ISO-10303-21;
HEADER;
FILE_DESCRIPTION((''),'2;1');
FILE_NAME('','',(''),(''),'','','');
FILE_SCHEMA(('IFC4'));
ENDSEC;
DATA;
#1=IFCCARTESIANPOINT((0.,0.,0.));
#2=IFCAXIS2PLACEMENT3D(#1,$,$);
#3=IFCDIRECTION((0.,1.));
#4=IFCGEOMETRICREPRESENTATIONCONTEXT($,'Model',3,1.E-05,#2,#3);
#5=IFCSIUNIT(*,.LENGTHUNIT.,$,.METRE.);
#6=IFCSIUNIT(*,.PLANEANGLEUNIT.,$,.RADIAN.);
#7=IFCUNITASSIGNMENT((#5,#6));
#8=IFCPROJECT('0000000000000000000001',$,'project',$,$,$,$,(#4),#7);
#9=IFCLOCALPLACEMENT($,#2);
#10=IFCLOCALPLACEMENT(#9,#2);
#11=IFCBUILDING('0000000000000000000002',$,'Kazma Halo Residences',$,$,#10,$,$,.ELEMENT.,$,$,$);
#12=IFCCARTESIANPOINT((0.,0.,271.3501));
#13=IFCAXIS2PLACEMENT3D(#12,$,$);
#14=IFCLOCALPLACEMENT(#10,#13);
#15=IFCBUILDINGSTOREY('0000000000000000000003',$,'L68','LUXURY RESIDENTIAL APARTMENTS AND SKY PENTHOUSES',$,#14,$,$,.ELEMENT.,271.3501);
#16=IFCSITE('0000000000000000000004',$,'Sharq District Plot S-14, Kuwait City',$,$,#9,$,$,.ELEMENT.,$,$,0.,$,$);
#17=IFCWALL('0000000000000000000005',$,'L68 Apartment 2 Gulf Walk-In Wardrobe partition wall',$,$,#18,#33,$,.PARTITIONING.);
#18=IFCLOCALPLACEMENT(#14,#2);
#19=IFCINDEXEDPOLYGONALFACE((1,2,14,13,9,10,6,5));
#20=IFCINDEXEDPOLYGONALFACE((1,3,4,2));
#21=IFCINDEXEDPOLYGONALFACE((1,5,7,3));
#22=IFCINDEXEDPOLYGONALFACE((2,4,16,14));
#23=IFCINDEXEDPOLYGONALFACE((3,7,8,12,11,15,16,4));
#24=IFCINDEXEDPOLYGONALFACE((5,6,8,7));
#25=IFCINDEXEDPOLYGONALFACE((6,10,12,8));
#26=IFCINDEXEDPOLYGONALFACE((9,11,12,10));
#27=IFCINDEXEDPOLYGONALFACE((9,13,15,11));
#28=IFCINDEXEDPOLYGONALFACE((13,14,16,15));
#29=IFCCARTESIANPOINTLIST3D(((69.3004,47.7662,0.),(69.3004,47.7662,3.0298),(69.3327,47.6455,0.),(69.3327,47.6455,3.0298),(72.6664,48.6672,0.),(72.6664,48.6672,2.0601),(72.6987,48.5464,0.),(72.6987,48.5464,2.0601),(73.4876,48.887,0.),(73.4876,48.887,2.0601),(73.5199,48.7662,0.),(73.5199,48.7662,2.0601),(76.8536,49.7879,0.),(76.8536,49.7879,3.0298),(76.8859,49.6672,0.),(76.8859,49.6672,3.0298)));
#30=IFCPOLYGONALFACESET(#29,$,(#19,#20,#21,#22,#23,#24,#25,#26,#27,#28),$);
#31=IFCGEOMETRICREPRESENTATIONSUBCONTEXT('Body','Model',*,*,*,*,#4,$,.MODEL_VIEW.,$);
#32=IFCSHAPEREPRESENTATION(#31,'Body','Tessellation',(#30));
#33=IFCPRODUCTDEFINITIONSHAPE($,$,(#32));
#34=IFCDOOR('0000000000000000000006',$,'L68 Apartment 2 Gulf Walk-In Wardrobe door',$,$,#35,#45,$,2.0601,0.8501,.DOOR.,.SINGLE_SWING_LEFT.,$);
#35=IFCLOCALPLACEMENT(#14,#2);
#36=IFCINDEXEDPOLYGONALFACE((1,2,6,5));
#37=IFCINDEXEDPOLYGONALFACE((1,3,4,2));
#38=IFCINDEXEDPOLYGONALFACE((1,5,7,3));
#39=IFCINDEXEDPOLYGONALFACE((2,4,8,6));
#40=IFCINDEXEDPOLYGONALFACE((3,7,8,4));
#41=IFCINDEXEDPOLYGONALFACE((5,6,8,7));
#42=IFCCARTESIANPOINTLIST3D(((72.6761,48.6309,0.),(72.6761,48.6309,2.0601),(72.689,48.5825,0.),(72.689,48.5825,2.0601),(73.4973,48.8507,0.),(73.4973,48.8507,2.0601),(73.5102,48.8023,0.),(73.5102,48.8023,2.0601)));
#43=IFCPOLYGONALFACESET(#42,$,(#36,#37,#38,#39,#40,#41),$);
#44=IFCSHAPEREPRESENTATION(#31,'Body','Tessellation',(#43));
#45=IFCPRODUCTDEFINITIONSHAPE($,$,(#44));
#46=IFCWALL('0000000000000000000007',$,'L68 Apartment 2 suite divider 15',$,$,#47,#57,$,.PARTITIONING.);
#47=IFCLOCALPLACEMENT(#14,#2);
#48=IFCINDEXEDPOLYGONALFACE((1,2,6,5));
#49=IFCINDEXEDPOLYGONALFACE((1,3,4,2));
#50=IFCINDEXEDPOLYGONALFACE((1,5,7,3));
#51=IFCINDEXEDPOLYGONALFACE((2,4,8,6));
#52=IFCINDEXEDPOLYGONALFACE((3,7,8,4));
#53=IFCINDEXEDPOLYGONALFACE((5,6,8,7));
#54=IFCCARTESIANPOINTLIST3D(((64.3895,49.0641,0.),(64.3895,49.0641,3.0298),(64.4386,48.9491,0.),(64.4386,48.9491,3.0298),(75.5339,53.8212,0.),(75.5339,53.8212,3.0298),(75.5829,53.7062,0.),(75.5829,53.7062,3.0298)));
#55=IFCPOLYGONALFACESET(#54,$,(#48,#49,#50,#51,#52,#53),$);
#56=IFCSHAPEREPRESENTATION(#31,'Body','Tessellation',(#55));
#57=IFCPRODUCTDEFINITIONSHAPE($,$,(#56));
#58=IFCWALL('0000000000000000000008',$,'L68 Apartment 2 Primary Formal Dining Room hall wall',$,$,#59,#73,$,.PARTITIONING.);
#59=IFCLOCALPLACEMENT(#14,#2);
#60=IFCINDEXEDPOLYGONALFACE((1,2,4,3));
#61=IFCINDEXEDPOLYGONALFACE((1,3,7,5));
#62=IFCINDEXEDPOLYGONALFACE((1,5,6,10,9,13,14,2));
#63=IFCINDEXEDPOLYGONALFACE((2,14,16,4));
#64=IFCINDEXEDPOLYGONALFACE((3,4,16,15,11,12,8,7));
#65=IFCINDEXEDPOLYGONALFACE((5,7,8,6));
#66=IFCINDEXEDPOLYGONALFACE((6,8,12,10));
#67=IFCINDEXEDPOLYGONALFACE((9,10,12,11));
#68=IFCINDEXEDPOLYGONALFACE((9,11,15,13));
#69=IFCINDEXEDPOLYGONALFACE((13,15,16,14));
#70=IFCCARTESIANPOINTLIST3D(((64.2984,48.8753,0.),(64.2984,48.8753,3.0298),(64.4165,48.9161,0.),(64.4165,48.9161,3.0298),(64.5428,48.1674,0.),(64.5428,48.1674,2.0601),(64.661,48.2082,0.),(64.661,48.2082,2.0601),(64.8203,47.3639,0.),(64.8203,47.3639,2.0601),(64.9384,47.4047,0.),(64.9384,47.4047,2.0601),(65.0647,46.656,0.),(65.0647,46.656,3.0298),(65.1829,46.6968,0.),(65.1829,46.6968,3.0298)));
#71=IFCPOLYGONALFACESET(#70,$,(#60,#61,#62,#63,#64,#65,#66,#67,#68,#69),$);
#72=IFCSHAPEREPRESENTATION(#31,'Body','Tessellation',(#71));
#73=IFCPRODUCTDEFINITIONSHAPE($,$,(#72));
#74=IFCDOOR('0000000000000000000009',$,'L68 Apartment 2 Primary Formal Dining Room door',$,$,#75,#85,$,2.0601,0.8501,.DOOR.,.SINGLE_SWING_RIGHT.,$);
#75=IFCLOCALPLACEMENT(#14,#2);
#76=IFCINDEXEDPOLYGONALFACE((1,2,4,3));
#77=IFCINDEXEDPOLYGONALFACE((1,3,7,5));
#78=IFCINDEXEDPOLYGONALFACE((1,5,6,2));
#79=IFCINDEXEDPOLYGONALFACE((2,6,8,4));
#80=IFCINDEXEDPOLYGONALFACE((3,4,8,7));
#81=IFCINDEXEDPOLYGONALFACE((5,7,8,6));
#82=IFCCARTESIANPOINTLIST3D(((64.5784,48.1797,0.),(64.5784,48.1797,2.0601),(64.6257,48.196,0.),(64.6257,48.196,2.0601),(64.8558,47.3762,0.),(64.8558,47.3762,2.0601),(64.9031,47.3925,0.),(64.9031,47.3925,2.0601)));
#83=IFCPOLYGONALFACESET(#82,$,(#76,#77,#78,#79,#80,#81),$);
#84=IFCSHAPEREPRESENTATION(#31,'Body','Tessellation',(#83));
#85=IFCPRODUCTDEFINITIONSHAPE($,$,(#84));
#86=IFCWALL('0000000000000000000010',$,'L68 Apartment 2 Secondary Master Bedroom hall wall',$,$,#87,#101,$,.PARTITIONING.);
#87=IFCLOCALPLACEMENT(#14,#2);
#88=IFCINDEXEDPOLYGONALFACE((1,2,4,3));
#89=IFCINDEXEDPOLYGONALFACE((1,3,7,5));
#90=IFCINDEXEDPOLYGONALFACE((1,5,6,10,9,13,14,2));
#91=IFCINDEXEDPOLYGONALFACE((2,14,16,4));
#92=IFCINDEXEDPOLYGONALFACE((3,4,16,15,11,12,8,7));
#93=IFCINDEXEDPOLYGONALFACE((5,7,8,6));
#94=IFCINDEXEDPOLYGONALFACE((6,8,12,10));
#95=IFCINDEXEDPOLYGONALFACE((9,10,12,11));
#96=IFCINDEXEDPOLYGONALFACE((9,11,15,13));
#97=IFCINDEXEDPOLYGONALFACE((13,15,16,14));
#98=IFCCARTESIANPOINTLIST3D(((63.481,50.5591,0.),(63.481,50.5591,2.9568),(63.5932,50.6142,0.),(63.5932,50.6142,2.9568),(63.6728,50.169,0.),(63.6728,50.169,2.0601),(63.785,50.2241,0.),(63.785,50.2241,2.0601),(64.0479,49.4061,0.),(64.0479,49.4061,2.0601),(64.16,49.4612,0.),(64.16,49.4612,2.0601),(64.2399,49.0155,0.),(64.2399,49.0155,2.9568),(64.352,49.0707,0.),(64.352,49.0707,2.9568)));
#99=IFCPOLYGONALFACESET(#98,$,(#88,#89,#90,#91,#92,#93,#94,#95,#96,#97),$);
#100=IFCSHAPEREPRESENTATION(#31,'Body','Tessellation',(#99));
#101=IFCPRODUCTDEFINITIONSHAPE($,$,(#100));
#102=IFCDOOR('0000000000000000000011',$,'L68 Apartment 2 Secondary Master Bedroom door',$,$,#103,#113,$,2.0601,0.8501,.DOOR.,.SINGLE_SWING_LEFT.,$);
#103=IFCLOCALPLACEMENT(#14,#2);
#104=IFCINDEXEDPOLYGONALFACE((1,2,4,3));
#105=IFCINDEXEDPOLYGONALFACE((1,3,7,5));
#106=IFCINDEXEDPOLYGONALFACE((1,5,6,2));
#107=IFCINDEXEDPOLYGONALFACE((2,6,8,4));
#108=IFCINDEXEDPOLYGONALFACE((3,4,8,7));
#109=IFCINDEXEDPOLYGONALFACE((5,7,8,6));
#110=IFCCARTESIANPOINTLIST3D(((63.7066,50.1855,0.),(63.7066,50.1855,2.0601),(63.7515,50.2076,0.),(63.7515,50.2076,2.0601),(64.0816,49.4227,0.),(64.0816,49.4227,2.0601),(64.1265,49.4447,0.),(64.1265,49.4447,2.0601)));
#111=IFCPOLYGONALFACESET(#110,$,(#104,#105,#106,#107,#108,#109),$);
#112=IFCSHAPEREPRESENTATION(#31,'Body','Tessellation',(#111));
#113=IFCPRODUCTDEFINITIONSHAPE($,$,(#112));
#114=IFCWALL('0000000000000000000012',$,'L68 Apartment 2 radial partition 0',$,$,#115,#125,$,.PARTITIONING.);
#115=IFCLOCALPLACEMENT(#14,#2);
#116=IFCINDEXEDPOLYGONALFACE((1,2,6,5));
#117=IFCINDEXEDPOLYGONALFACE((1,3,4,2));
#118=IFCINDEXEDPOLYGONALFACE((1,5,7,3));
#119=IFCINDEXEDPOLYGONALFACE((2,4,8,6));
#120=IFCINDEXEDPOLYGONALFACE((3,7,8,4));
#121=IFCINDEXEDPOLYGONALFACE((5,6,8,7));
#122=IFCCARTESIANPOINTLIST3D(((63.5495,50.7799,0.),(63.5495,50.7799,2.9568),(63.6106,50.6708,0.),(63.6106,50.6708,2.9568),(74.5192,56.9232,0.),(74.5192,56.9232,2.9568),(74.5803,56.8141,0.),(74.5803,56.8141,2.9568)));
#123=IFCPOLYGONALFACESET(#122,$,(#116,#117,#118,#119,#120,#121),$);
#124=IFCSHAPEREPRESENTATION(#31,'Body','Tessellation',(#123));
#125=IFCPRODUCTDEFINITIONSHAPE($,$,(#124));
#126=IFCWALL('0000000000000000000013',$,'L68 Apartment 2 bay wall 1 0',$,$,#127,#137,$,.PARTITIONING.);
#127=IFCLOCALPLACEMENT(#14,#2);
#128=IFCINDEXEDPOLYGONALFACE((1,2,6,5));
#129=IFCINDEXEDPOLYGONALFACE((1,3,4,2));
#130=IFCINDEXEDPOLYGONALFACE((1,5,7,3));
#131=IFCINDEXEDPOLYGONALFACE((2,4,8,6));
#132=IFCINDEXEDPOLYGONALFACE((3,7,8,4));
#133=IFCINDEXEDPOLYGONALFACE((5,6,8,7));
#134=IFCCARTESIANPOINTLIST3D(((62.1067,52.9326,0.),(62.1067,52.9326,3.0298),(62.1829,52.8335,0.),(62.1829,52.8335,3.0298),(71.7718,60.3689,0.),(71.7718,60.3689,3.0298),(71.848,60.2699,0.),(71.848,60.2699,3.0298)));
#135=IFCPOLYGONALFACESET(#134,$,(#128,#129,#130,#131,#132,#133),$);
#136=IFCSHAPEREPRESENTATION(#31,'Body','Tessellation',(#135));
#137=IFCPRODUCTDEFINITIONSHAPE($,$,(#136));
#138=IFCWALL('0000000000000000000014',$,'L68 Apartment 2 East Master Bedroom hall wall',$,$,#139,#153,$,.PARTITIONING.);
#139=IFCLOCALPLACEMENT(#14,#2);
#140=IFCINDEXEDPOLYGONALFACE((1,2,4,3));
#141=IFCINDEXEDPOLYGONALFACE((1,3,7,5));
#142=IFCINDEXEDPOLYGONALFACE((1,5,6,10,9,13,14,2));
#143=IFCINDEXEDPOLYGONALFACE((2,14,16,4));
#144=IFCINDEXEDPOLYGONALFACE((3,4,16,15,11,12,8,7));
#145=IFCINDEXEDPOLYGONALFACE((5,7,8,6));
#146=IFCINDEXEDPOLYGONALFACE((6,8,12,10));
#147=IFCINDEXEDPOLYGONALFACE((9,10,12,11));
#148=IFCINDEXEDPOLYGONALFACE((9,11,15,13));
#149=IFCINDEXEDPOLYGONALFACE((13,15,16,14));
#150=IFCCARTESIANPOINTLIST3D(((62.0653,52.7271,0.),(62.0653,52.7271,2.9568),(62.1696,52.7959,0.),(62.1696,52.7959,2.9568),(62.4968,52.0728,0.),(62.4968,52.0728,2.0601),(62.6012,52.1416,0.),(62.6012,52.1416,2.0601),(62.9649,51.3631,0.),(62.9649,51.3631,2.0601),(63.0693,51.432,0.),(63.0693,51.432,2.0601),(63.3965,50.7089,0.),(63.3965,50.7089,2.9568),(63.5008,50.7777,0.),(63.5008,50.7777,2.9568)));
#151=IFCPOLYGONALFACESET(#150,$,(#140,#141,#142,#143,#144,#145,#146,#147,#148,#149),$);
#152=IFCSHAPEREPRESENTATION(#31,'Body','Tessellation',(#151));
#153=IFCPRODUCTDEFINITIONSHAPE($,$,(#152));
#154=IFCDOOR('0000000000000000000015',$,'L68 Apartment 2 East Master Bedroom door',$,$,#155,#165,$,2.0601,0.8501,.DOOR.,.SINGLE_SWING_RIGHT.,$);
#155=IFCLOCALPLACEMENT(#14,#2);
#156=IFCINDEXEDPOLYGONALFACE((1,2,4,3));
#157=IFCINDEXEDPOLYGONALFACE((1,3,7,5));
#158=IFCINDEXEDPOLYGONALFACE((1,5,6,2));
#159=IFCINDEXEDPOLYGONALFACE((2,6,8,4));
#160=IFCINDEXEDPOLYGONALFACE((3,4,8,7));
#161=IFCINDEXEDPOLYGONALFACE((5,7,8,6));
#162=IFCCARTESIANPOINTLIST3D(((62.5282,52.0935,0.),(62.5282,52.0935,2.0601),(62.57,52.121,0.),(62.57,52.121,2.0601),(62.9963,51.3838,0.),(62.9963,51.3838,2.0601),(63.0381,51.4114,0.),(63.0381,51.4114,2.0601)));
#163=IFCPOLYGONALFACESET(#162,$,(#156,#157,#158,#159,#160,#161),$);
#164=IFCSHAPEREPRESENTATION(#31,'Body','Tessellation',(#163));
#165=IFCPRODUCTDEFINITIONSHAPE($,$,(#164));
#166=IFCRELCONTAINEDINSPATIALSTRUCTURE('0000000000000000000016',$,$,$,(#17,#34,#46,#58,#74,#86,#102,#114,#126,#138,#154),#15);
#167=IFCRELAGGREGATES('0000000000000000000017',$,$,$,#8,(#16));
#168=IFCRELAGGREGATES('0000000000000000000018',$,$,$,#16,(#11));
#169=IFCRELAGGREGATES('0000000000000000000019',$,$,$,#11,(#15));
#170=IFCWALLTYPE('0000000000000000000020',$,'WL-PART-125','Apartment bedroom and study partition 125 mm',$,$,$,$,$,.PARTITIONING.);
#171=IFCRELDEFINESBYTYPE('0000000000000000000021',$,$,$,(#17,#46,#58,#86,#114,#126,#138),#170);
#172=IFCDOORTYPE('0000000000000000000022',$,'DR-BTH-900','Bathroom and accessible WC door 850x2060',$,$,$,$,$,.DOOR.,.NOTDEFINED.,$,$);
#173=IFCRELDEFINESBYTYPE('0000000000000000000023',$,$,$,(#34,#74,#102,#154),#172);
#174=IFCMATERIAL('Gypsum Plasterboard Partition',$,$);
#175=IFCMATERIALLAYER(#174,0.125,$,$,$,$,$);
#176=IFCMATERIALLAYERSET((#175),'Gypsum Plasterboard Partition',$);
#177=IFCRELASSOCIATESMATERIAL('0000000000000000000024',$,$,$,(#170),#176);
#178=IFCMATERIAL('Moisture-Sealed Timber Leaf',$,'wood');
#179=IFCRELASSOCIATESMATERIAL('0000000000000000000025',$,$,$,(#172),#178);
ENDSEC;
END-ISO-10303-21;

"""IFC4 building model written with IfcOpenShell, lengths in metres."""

from ifc_helpers import new_model, si_unit, direction, frame, frame_2d, origin, place, context, subcontext, project, spatial, rectangle, extrude, material, layer, layer_set, type_object, element, fill, save


model = new_model("IFC4")

# Units and contexts
model_context = context("Model", 3, precision=1e-05, world=origin(), true_north=direction((0.0, 1.0)))
body_context = subcontext(model_context, "Body", "Model", "MODEL_VIEW")
ifc_project = project(units=[si_unit("LENGTHUNIT", "METRE"), si_unit("PLANEANGLEUNIT", "RADIAN")], contexts=[model_context])

# Site, building, storey
site_placement = place(None, origin())
site = spatial("IfcSite", under=ifc_project, at=site_placement, Name="Sharq District Plot S-14, Kuwait City", CompositionType="ELEMENT", RefElevation=0.0)
building_placement = place(site_placement, origin())
building = spatial("IfcBuilding", under=site, at=building_placement, Name="Kazma Halo Residences", CompositionType="ELEMENT")
storey_placement = place(building_placement, frame((0.0, 0.0, 271.3501)))
storey = spatial("IfcBuildingStorey", under=building, at=storey_placement, Name="L68", Description="LUXURY RESIDENTIAL APARTMENTS AND SKY PENTHOUSES", CompositionType="ELEMENT", Elevation=271.3501)

# Shared definitions
ifc_material_1 = material(Name="Gypsum Plasterboard Partition")
ifc_layer_1 = layer(ifc_material_1, 0.125)
ifc_layer_set_1 = layer_set([ifc_layer_1], Name="Gypsum Plasterboard Partition")
wall_type_1 = type_object("IfcWallType", Name="WL-PART-125", Description="Apartment bedroom and study partition 125 mm", PredefinedType="PARTITIONING", material=ifc_layer_set_1)

# Wall, opening, door
wall_1_placement = place(storey_placement, frame((69.3164, 47.7058, 0.0), z_axis=(0.0, 0.0, 1.0), x_axis=(0.965995, 0.258562, 0.0)))
wall_1 = element("IfcWall", 1, at=wall_1_placement, inside=storey, type_object=wall_type_1, Name="L68 Apartment 2 Gulf Walk-In Wardrobe partition wall", PredefinedType="PARTITIONING", context=body_context, shape_type="SweptSolid", body=[
    extrude(rectangle(XDim=7.8191, YDim=0.125, at=frame_2d((3.9097, 0.0))), origin(), (0.0, 0.0, 1.0), 3.0298),
])
opening_1_placement = place(wall_1_placement, frame((3.4846, 0.0, 0.0)))
opening_1 = element("IfcOpeningElement", 2, at=opening_1_placement, cuts=wall_1, PredefinedType="OPENING", context=body_context, shape_type="SweptSolid", body=[
    extrude(rectangle(XDim=0.8501, YDim=2.0601, at=frame_2d((0.425, 1.03))), frame((0.0, 0.0725, 0.0), z_axis=(0.0, -1.0, 0.0), x_axis=(1.0, 0.0, 0.0)), (0.0, 0.0, 1.0), 0.145),
])
ifc_material_2 = material(Name="Moisture-Sealed Timber Leaf", Category="wood")
door_type = type_object("IfcDoorType", Name="DR-BTH-900", Description="Bathroom and accessible WC door 850x2060", OperationType="NOTDEFINED", PredefinedType="DOOR", material=ifc_material_2)
door_1_placement = place(opening_1_placement, origin())
door_1 = element("IfcDoor", 3, at=door_1_placement, inside=storey, type_object=door_type, Name="L68 Apartment 2 Gulf Walk-In Wardrobe door", OperationType="SINGLE_SWING_LEFT", OverallHeight=2.0601, OverallWidth=0.8501, PredefinedType="DOOR", context=body_context, shape_type="SweptSolid", body=[
    extrude(rectangle(XDim=0.8501, YDim=2.0601, at=frame_2d((0.425, 1.03))), frame((0.0, 0.0249, 0.0), z_axis=(0.0, -1.0, 0.0), x_axis=(1.0, 0.0, 0.0)), (0.0, 0.0, 1.0), 0.05),
])
fill(opening_1, door_1)

# Wall
wall_2_placement = place(storey_placement, frame((64.4141, 49.0066, 0.0), z_axis=(0.0, 0.0, 1.0), x_axis=(0.919713, 0.392591, 0.0)))
element("IfcWall", 4, at=wall_2_placement, inside=storey, type_object=wall_type_1, Name="L68 Apartment 2 suite divider 15", PredefinedType="PARTITIONING", context=body_context, shape_type="SweptSolid", body=[
    extrude(rectangle(XDim=12.1172, YDim=0.125, at=frame_2d((6.0586, 0.0))), origin(), (0.0, 0.0, 1.0), 3.0298),
])

# Walls, openings, doors
wall_3_placement = place(storey_placement, frame((65.1238, 46.6765, 0.0), z_axis=(0.0, 0.0, 1.0), x_axis=(-0.32641, 0.945228, 0.0)))
wall_3 = element("IfcWall", 5, at=wall_3_placement, inside=storey, type_object=wall_type_1, Name="L68 Apartment 2 Primary Formal Dining Room hall wall", PredefinedType="PARTITIONING", context=body_context, shape_type="SweptSolid", body=[
    extrude(rectangle(XDim=2.3479, YDim=0.125, at=frame_2d((1.1738, 0.0))), origin(), (0.0, 0.0, 1.0), 3.0298),
])
opening_2_placement = place(wall_3_placement, frame((0.7488, 0.0, 0.0)))
opening_2 = element("IfcOpeningElement", 6, at=opening_2_placement, cuts=wall_3, PredefinedType="OPENING", context=body_context, shape_type="SweptSolid", body=[
    extrude(rectangle(XDim=0.8501, YDim=2.0601, at=frame_2d((0.425, 1.03))), frame((0.0, 0.0725, 0.0), z_axis=(0.0, -1.0, 0.0), x_axis=(1.0, 0.0, 0.0)), (0.0, 0.0, 1.0), 0.145),
])
door_2_placement = place(opening_2_placement, origin())
door_2 = element("IfcDoor", 7, at=door_2_placement, inside=storey, type_object=door_type, Name="L68 Apartment 2 Primary Formal Dining Room door", OperationType="SINGLE_SWING_RIGHT", OverallHeight=2.0601, OverallWidth=0.8501, PredefinedType="DOOR", context=body_context, shape_type="SweptSolid", body=[
    extrude(rectangle(XDim=0.8501, YDim=2.0601, at=frame_2d((0.425, 1.03))), frame((0.0, 0.0249, 0.0), z_axis=(0.0, -1.0, 0.0), x_axis=(1.0, 0.0, 0.0)), (0.0, 0.0, 1.0), 0.05),
])
fill(opening_2, door_2)
wall_4_placement = place(storey_placement, frame((64.2959, 49.0432, 0.0), z_axis=(0.0, 0.0, 1.0), x_axis=(-0.441185, 0.897416, 0.0)))
wall_4 = element("IfcWall", 8, at=wall_4_placement, inside=storey, type_object=wall_type_1, Name="L68 Apartment 2 Secondary Master Bedroom hall wall", PredefinedType="PARTITIONING", context=body_context, shape_type="SweptSolid", body=[
    extrude(rectangle(XDim=1.72, YDim=0.125, at=frame_2d((0.8599, 0.0))), origin(), (0.0, 0.0, 1.0), 2.9568),
])
opening_3_placement = place(wall_4_placement, frame((0.4351, 0.0, 0.0)))
opening_3 = element("IfcOpeningElement", 9, at=opening_3_placement, cuts=wall_4, PredefinedType="OPENING", context=body_context, shape_type="SweptSolid", body=[
    extrude(rectangle(XDim=0.8501, YDim=2.0601, at=frame_2d((0.425, 1.03))), frame((0.0, 0.0725, 0.0), z_axis=(0.0, -1.0, 0.0), x_axis=(1.0, 0.0, 0.0)), (0.0, 0.0, 1.0), 0.145),
])
door_3_placement = place(opening_3_placement, origin())
door_3 = element("IfcDoor", 10, at=door_3_placement, inside=storey, type_object=door_type, Name="L68 Apartment 2 Secondary Master Bedroom door", OperationType="SINGLE_SWING_LEFT", OverallHeight=2.0601, OverallWidth=0.8501, PredefinedType="DOOR", context=body_context, shape_type="SweptSolid", body=[
    extrude(rectangle(XDim=0.8501, YDim=2.0601, at=frame_2d((0.425, 1.03))), frame((0.0, 0.0249, 0.0), z_axis=(0.0, -1.0, 0.0), x_axis=(1.0, 0.0, 0.0)), (0.0, 0.0, 1.0), 0.05),
])
fill(opening_3, door_3)

# Walls
wall_5_placement = place(storey_placement, frame((63.5801, 50.7253, 0.0), z_axis=(0.0, 0.0, 1.0), x_axis=(0.872497, 0.488619, 0.0)))
element("IfcWall", 11, at=wall_5_placement, inside=storey, type_object=wall_type_1, Name="L68 Apartment 2 radial partition 0", PredefinedType="PARTITIONING", context=body_context, shape_type="SweptSolid", body=[
    extrude(rectangle(XDim=12.5728, YDim=0.125, at=frame_2d((6.2864, 0.0))), origin(), (0.0, 0.0, 1.0), 2.9568),
])
wall_6_placement = place(storey_placement, frame((62.1448, 52.8831, 0.0), z_axis=(0.0, 0.0, 1.0), x_axis=(0.792559, 0.609795, 0.0)))
element("IfcWall", 12, at=wall_6_placement, inside=storey, type_object=wall_type_1, Name="L68 Apartment 2 bay wall 1 0", PredefinedType="PARTITIONING", context=body_context, shape_type="SweptSolid", body=[
    extrude(rectangle(XDim=12.1948, YDim=0.125, at=frame_2d((6.0974, 0.0))), origin(), (0.0, 0.0, 1.0), 3.0298),
])

# Wall, opening, door
wall_7_placement = place(storey_placement, frame((63.4487, 50.7432, 0.0), z_axis=(0.0, 0.0, 1.0), x_axis=(-0.550616, 0.834759, 0.0)))
wall_7 = element("IfcWall", 13, at=wall_7_placement, inside=storey, type_object=wall_type_1, Name="L68 Apartment 2 East Master Bedroom hall wall", PredefinedType="PARTITIONING", context=body_context, shape_type="SweptSolid", body=[
    extrude(rectangle(XDim=2.4177, YDim=0.125, at=frame_2d((1.209, 0.0))), origin(), (0.0, 0.0, 1.0), 2.9568),
])
opening_4_placement = place(wall_7_placement, frame((0.7839, 0.0, 0.0)))
opening_4 = element("IfcOpeningElement", 14, at=opening_4_placement, cuts=wall_7, PredefinedType="OPENING", context=body_context, shape_type="SweptSolid", body=[
    extrude(rectangle(XDim=0.8501, YDim=2.0601, at=frame_2d((0.425, 1.03))), frame((0.0, 0.0725, 0.0), z_axis=(0.0, -1.0, 0.0), x_axis=(1.0, 0.0, 0.0)), (0.0, 0.0, 1.0), 0.145),
])
door_4_placement = place(opening_4_placement, origin())
door_4 = element("IfcDoor", 15, at=door_4_placement, inside=storey, type_object=door_type, Name="L68 Apartment 2 East Master Bedroom door", OperationType="SINGLE_SWING_RIGHT", OverallHeight=2.0601, OverallWidth=0.8501, PredefinedType="DOOR", context=body_context, shape_type="SweptSolid", body=[
    extrude(rectangle(XDim=0.8501, YDim=2.0601, at=frame_2d((0.425, 1.03))), frame((0.0, 0.0249, 0.0), z_axis=(0.0, -1.0, 0.0), x_axis=(1.0, 0.0, 0.0)), (0.0, 0.0, 1.0), 0.05),
])
fill(opening_4, door_4)

save(model, "model.ifc")
